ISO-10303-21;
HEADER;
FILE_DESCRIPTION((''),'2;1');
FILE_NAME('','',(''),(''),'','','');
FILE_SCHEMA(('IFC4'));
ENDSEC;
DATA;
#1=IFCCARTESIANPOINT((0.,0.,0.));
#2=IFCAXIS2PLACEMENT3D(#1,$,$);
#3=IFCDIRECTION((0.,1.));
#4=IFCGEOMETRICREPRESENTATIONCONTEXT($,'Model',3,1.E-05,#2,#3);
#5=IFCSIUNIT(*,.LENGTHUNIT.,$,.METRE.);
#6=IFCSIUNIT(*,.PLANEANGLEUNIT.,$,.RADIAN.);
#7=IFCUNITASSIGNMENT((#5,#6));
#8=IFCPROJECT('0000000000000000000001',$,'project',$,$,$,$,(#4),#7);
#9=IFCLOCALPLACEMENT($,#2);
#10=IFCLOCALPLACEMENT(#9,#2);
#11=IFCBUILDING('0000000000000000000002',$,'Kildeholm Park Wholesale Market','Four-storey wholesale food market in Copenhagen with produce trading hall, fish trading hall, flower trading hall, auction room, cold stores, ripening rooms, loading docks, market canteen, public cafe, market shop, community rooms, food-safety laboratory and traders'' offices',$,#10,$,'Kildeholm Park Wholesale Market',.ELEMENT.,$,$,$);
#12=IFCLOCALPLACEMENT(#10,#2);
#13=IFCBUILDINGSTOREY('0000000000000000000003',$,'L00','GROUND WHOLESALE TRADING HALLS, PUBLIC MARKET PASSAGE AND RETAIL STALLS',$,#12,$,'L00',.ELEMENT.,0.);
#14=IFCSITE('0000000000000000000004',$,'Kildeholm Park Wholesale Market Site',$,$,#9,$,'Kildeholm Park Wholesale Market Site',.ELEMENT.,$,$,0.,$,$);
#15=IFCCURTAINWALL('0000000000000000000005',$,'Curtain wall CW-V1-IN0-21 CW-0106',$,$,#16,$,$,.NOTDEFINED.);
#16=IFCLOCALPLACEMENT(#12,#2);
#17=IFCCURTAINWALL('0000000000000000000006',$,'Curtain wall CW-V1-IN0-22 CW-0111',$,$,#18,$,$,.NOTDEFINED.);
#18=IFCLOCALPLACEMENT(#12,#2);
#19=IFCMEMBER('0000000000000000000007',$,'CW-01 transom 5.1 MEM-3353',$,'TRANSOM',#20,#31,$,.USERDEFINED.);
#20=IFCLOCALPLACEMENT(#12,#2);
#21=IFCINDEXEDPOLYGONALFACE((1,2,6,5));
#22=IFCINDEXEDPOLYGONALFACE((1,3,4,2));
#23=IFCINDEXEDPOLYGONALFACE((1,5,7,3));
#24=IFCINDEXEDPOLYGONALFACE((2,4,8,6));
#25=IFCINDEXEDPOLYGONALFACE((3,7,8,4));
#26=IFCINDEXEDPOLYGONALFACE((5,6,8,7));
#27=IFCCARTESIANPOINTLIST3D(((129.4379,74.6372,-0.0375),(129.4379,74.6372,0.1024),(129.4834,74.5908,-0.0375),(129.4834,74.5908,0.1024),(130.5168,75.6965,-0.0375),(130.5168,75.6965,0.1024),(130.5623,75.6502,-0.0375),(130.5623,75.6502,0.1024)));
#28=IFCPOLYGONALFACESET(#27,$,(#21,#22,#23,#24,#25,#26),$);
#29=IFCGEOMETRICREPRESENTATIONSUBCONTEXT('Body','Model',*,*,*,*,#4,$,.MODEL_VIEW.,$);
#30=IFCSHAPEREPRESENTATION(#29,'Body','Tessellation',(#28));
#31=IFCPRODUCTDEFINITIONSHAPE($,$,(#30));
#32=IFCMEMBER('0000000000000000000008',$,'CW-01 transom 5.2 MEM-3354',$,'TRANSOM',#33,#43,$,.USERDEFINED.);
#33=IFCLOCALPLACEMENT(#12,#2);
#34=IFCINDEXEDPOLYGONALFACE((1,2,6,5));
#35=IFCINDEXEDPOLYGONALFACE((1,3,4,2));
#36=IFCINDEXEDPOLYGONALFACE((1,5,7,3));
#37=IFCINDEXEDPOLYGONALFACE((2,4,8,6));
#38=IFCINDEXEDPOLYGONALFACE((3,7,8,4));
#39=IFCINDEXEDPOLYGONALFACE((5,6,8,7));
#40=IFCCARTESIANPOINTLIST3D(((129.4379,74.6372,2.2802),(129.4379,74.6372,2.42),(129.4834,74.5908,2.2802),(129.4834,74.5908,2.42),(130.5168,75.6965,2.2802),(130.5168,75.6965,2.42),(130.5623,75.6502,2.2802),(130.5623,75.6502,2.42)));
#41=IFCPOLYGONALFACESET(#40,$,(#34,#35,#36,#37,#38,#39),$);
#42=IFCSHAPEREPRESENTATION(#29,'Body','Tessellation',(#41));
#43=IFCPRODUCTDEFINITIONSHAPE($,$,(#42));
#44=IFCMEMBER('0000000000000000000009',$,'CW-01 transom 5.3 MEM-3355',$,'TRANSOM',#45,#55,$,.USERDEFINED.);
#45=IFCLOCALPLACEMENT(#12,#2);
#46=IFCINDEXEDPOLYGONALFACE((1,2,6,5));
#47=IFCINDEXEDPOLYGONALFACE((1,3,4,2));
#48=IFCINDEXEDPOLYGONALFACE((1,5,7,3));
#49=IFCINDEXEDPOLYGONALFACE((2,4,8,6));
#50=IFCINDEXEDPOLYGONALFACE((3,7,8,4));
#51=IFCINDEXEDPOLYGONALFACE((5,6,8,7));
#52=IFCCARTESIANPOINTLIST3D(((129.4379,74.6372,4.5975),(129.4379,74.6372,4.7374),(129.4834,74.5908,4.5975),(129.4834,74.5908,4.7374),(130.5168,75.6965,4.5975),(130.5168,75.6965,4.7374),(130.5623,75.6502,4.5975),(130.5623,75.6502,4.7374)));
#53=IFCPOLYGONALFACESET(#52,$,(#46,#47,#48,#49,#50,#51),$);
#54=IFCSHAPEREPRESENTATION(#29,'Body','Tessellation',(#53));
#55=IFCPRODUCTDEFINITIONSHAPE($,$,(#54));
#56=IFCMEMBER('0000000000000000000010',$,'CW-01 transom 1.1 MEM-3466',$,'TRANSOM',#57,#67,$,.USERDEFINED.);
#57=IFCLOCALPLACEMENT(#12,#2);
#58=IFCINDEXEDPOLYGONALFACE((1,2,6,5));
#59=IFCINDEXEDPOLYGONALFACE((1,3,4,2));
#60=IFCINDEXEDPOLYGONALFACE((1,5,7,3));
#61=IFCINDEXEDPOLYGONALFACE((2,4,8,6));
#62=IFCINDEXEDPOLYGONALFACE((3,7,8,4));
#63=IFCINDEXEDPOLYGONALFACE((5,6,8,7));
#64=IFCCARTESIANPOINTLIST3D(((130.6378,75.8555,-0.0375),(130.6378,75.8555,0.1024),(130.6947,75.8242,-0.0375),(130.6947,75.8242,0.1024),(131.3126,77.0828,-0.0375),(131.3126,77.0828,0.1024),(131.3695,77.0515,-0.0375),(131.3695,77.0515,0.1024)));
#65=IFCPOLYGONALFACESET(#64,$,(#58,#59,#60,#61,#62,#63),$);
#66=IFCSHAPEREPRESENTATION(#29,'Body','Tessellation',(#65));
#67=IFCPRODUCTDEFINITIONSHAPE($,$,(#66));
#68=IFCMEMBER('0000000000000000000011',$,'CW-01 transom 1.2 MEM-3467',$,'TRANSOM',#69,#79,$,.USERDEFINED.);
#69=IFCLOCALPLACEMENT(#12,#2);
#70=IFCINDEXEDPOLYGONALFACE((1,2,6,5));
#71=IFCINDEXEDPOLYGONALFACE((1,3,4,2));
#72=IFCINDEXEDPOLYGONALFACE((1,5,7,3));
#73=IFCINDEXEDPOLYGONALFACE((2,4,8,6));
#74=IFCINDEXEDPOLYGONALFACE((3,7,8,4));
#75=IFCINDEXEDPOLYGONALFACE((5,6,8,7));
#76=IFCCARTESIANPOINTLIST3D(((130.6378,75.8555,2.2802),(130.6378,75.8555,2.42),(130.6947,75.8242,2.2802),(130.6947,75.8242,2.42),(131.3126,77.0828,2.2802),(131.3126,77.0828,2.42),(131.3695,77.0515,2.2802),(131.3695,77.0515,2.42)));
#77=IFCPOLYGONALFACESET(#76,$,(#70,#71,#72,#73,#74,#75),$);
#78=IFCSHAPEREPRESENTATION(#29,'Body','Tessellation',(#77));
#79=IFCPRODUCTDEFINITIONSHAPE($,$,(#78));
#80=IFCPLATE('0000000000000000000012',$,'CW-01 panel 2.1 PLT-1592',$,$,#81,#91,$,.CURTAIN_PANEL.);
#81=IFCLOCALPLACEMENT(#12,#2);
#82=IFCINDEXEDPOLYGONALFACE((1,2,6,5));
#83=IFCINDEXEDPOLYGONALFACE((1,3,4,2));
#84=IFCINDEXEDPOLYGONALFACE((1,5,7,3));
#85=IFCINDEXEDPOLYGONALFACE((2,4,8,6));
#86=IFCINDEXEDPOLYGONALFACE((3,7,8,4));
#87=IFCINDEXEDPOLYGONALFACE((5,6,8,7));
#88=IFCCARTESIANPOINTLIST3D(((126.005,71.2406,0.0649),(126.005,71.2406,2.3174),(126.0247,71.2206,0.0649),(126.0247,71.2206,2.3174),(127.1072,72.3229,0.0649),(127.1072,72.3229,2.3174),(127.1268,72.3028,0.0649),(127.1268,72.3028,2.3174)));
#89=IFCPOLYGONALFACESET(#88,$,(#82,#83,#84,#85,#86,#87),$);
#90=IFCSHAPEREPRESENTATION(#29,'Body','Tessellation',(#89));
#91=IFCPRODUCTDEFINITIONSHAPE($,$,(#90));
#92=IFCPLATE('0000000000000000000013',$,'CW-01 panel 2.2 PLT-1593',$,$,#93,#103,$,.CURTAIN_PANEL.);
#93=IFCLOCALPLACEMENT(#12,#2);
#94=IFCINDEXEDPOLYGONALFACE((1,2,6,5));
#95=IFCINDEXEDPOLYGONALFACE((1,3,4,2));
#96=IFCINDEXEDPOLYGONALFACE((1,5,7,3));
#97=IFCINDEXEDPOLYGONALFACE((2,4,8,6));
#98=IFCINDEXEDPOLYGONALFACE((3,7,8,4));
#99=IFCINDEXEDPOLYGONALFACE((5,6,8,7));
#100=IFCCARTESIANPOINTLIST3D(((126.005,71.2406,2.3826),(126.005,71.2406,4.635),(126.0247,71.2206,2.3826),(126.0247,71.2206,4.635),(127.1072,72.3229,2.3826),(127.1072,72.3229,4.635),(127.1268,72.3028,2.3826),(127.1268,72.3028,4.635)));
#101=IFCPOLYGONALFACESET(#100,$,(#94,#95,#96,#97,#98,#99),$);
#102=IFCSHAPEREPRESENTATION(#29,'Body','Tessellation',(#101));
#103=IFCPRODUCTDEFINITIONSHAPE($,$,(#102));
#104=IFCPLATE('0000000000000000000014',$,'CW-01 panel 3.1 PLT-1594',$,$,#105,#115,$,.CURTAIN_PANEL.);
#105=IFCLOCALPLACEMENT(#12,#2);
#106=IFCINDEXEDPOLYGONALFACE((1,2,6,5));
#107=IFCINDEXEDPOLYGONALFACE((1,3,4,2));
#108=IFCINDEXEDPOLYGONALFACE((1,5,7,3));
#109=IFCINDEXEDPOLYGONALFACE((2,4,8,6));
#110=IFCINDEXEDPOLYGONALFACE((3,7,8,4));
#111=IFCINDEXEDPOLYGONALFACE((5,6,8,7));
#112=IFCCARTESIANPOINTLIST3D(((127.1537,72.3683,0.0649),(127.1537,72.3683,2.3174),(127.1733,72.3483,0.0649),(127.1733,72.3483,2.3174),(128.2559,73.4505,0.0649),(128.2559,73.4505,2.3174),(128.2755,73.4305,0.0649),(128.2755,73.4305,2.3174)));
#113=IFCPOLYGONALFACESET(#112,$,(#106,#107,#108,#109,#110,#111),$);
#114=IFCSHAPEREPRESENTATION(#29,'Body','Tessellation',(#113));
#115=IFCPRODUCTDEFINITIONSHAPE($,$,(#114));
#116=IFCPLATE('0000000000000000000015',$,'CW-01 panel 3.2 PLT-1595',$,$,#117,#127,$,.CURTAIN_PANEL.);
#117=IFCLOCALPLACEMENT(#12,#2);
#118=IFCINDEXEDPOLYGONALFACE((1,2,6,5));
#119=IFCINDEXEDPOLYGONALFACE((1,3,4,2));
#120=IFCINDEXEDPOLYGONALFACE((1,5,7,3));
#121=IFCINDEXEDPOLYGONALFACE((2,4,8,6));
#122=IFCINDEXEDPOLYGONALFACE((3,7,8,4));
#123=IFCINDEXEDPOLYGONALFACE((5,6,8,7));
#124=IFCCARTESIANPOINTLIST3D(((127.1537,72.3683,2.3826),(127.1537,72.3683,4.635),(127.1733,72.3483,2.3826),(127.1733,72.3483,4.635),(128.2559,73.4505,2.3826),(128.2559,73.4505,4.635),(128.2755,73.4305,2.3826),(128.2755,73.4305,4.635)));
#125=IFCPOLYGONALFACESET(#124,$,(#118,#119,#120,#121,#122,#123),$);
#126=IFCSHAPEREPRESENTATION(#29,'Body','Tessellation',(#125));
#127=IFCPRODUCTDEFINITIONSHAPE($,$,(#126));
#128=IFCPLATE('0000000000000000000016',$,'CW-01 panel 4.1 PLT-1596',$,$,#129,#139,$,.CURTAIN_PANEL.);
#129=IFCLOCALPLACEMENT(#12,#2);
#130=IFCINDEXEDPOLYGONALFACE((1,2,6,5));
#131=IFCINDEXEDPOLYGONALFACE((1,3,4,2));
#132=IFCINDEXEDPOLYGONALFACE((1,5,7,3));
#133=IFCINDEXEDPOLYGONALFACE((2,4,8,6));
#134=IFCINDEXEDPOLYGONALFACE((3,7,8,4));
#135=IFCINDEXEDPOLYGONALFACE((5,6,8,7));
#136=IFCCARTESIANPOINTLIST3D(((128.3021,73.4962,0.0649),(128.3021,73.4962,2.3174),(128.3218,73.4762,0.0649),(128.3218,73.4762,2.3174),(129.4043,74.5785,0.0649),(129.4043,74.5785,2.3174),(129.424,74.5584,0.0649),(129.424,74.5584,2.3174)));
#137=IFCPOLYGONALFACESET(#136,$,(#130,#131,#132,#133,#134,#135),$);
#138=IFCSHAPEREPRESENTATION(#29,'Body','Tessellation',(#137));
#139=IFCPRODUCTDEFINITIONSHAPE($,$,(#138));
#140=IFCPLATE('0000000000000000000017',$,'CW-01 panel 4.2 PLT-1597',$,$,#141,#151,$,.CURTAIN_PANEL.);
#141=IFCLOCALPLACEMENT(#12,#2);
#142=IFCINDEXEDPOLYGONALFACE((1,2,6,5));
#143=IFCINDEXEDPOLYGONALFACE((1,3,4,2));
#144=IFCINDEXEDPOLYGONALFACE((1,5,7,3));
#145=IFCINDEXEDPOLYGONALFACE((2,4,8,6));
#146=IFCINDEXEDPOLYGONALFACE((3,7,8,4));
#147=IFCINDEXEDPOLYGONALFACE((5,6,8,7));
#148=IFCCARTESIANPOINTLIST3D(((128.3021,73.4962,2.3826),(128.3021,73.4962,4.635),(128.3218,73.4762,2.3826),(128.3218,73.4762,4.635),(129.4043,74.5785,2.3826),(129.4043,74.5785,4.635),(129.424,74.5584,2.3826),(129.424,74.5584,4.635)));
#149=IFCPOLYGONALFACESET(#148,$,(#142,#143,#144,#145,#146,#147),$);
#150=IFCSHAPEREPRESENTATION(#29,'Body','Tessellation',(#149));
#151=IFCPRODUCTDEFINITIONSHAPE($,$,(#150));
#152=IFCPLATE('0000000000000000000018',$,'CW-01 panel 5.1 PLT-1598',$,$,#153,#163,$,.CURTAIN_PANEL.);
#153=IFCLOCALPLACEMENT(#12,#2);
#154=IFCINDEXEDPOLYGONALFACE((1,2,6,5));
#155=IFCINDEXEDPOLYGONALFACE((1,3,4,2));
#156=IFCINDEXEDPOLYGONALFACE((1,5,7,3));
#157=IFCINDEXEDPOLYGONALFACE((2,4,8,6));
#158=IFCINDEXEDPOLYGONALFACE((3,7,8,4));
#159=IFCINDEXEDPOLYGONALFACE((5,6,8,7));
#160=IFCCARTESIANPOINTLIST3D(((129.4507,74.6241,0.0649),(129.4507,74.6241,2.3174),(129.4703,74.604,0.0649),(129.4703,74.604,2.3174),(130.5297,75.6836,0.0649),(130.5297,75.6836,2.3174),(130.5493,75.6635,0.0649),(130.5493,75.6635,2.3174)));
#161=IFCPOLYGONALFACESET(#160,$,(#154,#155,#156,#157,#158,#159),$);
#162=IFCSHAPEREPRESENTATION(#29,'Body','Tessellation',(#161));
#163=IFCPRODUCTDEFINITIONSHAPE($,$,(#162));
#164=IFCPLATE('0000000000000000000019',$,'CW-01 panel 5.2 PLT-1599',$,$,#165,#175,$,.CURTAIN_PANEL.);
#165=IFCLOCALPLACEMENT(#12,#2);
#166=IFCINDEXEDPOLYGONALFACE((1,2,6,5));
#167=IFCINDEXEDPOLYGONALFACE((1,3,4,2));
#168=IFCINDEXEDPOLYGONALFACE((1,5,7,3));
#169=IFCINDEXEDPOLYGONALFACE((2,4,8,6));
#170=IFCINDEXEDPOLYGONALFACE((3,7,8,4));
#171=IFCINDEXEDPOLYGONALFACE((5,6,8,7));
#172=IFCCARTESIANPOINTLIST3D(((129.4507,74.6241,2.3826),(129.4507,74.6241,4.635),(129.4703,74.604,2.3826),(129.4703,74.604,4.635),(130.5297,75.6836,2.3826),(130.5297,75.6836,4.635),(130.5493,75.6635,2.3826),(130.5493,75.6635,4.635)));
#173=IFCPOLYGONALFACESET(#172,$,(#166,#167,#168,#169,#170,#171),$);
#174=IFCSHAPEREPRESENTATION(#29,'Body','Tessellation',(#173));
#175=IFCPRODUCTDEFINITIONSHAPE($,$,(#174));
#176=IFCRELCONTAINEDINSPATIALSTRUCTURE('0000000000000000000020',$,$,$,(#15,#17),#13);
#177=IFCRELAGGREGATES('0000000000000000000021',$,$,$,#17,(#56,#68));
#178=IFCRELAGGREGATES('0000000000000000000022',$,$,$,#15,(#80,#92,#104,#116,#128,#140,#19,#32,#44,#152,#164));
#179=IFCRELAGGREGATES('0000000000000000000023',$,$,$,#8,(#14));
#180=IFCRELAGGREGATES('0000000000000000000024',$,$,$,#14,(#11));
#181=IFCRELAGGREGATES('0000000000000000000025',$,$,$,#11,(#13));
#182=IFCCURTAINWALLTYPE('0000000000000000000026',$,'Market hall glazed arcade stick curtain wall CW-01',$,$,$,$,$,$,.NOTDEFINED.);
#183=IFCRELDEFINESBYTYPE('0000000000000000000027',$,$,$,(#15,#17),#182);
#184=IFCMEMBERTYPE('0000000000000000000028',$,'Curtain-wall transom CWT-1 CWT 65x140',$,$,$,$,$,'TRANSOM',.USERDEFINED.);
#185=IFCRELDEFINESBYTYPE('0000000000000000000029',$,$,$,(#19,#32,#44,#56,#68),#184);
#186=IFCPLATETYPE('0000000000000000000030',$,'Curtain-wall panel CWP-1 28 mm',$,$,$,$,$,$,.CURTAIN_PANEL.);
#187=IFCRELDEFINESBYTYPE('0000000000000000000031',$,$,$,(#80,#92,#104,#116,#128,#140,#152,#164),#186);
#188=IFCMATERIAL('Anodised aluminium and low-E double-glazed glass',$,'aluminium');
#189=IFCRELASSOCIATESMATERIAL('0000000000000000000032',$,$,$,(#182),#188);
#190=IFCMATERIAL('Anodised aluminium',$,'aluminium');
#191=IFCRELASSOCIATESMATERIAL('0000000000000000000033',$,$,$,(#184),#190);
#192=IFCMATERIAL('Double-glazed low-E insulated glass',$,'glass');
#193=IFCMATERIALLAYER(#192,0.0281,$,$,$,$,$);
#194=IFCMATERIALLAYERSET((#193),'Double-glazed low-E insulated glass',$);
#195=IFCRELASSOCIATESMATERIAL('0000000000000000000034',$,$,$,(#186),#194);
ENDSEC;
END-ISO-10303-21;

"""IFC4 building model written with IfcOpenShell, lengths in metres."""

from ifc_helpers import new_model, si_unit, direction, frame, origin, origin_2d, place, context, subcontext, project, spatial, rectangle, extrude, material, layer, layer_set, material_profile, profile_set, type_object, element, aggregate, save


model = new_model("IFC4")

# Units and contexts
model_context = context("Model", 3, precision=1e-05, world=origin(), true_north=direction((0.0, 1.0)))
body_context = subcontext(model_context, "Body", "Model", "MODEL_VIEW")
ifc_project = project(units=[si_unit("LENGTHUNIT", "METRE"), si_unit("PLANEANGLEUNIT", "RADIAN")], contexts=[model_context])

# Site, building, storey
site_placement = place(None, origin())
site = spatial("IfcSite", under=ifc_project, at=site_placement, Name="Kildeholm Park Wholesale Market Site", LongName="Kildeholm Park Wholesale Market Site", CompositionType="ELEMENT", RefElevation=0.0)
building_placement = place(site_placement, origin())
building = spatial("IfcBuilding", under=site, at=building_placement, Name="Kildeholm Park Wholesale Market", Description="Four-storey wholesale food market in Copenhagen with produce trading hall, fish trading hall, flower trading hall, auction room, cold stores, ripening rooms, loading docks, market canteen, public cafe, market shop, community rooms, food-safety laboratory and traders' offices", LongName="Kildeholm Park Wholesale Market", CompositionType="ELEMENT")
storey_placement = place(building_placement, origin())
storey = spatial("IfcBuildingStorey", under=building, at=storey_placement, Name="L00", Description="GROUND WHOLESALE TRADING HALLS, PUBLIC MARKET PASSAGE AND RETAIL STALLS", LongName="L00", CompositionType="ELEMENT", Elevation=0.0)

# Curtain wall
ifc_material_1 = material(Name="Anodised aluminium and low-E double-glazed glass", Category="aluminium")
curtain_wall_type = type_object("IfcCurtainWallType", Name="Market hall glazed arcade stick curtain wall CW-01", PredefinedType="NOTDEFINED", material=ifc_material_1)
curtain_wall_1_placement = place(storey_placement, origin())
curtain_wall_1 = element("IfcCurtainWall", 1, at=curtain_wall_1_placement, inside=storey, type_object=curtain_wall_type, Name="Curtain wall CW-V1-IN0-21 CW-0106", PredefinedType="NOTDEFINED")
ifc_material_2 = material(Name="Anodised aluminium", Category="aluminium")

# Curtain wall
curtain_wall_2_placement = place(storey_placement, origin())
curtain_wall_2 = element("IfcCurtainWall", 2, at=curtain_wall_2_placement, inside=storey, type_object=curtain_wall_type, Name="Curtain wall CW-V1-IN0-22 CW-0111", PredefinedType="NOTDEFINED")

# Members
ifc_material_profile_1 = material_profile(ifc_material_2, rectangle(XDim=0.0649, YDim=0.1399, at=origin_2d()), Name="CWT 65x140")
ifc_profile_set_1 = profile_set([ifc_material_profile_1], Name="Anodised aluminium")
member_type_1 = type_object("IfcMemberType", Name="Curtain-wall transom CWT-1 CWT 65x140", ElementType="TRANSOM", PredefinedType="USERDEFINED", material=ifc_profile_set_1)
member_1_placement = place(storey_placement, frame((129.4607, 74.614, 0.0325), z_axis=(0.713536, 0.700618, 0.0), x_axis=(-0.700618, 0.713536, 0.0)))
member_1 = element("IfcMember", 3, at=member_1_placement, type_object=member_type_1, Name="CW-01 transom 5.1 MEM-3353", ObjectType="TRANSOM", PredefinedType="USERDEFINED", context=body_context, shape_type="SweptSolid", body=[
    extrude(rectangle(XDim=0.0649, YDim=0.1399, at=origin_2d()), origin(), (0.0, 0.0, 1.0), 1.512),
])
member_2_placement = place(storey_placement, frame((129.4607, 74.614, 2.3501), z_axis=(0.713536, 0.700618, 0.0), x_axis=(-0.700618, 0.713536, 0.0)))
member_2 = element("IfcMember", 4, at=member_2_placement, type_object=member_type_1, Name="CW-01 transom 5.2 MEM-3354", ObjectType="TRANSOM", PredefinedType="USERDEFINED", context=body_context, shape_type="SweptSolid", body=[
    extrude(rectangle(XDim=0.0649, YDim=0.1399, at=origin_2d()), origin(), (0.0, 0.0, 1.0), 1.512),
])
member_3_placement = place(storey_placement, frame((129.4607, 74.614, 4.6675), z_axis=(0.713536, 0.700618, 0.0), x_axis=(-0.700618, 0.713536, 0.0)))
member_3 = element("IfcMember", 5, at=member_3_placement, type_object=member_type_1, Name="CW-01 transom 5.3 MEM-3355", ObjectType="TRANSOM", PredefinedType="USERDEFINED", context=body_context, shape_type="SweptSolid", body=[
    extrude(rectangle(XDim=0.0649, YDim=0.1399, at=origin_2d()), origin(), (0.0, 0.0, 1.0), 1.512),
])
member_4_placement = place(storey_placement, frame((130.6663, 75.8398, 0.0325), z_axis=(0.481805, 0.876278, 0.0), x_axis=(-0.876278, 0.481805, 0.0)))
member_4 = element("IfcMember", 6, at=member_4_placement, type_object=member_type_1, Name="CW-01 transom 1.1 MEM-3466", ObjectType="TRANSOM", PredefinedType="USERDEFINED", context=body_context, shape_type="SweptSolid", body=[
    extrude(rectangle(XDim=0.0649, YDim=0.1399, at=origin_2d()), origin(), (0.0, 0.0, 1.0), 1.4006),
])
member_5_placement = place(storey_placement, frame((130.6663, 75.8398, 2.3501), z_axis=(0.481805, 0.876278, 0.0), x_axis=(-0.876278, 0.481805, 0.0)))
member_5 = element("IfcMember", 7, at=member_5_placement, type_object=member_type_1, Name="CW-01 transom 1.2 MEM-3467", ObjectType="TRANSOM", PredefinedType="USERDEFINED", context=body_context, shape_type="SweptSolid", body=[
    extrude(rectangle(XDim=0.0649, YDim=0.1399, at=origin_2d()), origin(), (0.0, 0.0, 1.0), 1.4006),
])
aggregate(curtain_wall_2, [member_4, member_5])

# Plates
ifc_material_3 = material(Name="Double-glazed low-E insulated glass", Category="glass")
ifc_layer_1 = layer(ifc_material_3, 0.0281)
ifc_layer_set_1 = layer_set([ifc_layer_1], Name="Double-glazed low-E insulated glass")
plate_type = type_object("IfcPlateType", Name="Curtain-wall panel CWP-1 28 mm", PredefinedType="CURTAIN_PANEL", material=ifc_layer_set_1)
plate_1_placement = place(storey_placement, frame((126.5659, 71.7717, 0.0649), z_axis=(0.0, 0.0, 1.0), x_axis=(0.713538, 0.700617, 0.0)))
plate_1 = element("IfcPlate", 8, at=plate_1_placement, type_object=plate_type, Name="CW-01 panel 2.1 PLT-1592", PredefinedType="CURTAIN_PANEL", context=body_context, shape_type="SweptSolid", body=[
    extrude(rectangle(XDim=1.5447, YDim=0.0281, at=origin_2d()), origin(), (0.0, 0.0, 1.0), 2.2524),
])
plate_2_placement = place(storey_placement, frame((126.5659, 71.7717, 2.3826), z_axis=(0.0, 0.0, 1.0), x_axis=(0.713538, 0.700617, 0.0)))
plate_2 = element("IfcPlate", 9, at=plate_2_placement, type_object=plate_type, Name="CW-01 panel 2.2 PLT-1593", PredefinedType="CURTAIN_PANEL", context=body_context, shape_type="SweptSolid", body=[
    extrude(rectangle(XDim=1.5447, YDim=0.0281, at=origin_2d()), origin(), (0.0, 0.0, 1.0), 2.2524),
])
plate_3_placement = place(storey_placement, frame((127.7146, 72.8994, 0.0649), z_axis=(0.0, 0.0, 1.0), x_axis=(0.713538, 0.700617, 0.0)))
plate_3 = element("IfcPlate", 10, at=plate_3_placement, type_object=plate_type, Name="CW-01 panel 3.1 PLT-1594", PredefinedType="CURTAIN_PANEL", context=body_context, shape_type="SweptSolid", body=[
    extrude(rectangle(XDim=1.5447, YDim=0.0281, at=origin_2d()), origin(), (0.0, 0.0, 1.0), 2.2524),
])
plate_4_placement = place(storey_placement, frame((127.7146, 72.8994, 2.3826), z_axis=(0.0, 0.0, 1.0), x_axis=(0.713538, 0.700617, 0.0)))
plate_4 = element("IfcPlate", 11, at=plate_4_placement, type_object=plate_type, Name="CW-01 panel 3.2 PLT-1595", PredefinedType="CURTAIN_PANEL", context=body_context, shape_type="SweptSolid", body=[
    extrude(rectangle(XDim=1.5447, YDim=0.0281, at=origin_2d()), origin(), (0.0, 0.0, 1.0), 2.2524),
])
plate_5_placement = place(storey_placement, frame((128.863, 74.0273, 0.0649), z_axis=(0.0, 0.0, 1.0), x_axis=(0.713538, 0.700617, 0.0)))
plate_5 = element("IfcPlate", 12, at=plate_5_placement, type_object=plate_type, Name="CW-01 panel 4.1 PLT-1596", PredefinedType="CURTAIN_PANEL", context=body_context, shape_type="SweptSolid", body=[
    extrude(rectangle(XDim=1.5447, YDim=0.0281, at=origin_2d()), origin(), (0.0, 0.0, 1.0), 2.2524),
])
plate_6_placement = place(storey_placement, frame((128.863, 74.0273, 2.3826), z_axis=(0.0, 0.0, 1.0), x_axis=(0.713538, 0.700617, 0.0)))
plate_6 = element("IfcPlate", 13, at=plate_6_placement, type_object=plate_type, Name="CW-01 panel 4.2 PLT-1597", PredefinedType="CURTAIN_PANEL", context=body_context, shape_type="SweptSolid", body=[
    extrude(rectangle(XDim=1.5447, YDim=0.0281, at=origin_2d()), origin(), (0.0, 0.0, 1.0), 2.2524),
])
plate_7_placement = place(storey_placement, frame((130.0, 75.1438, 0.0649), z_axis=(0.0, 0.0, 1.0), x_axis=(0.713538, 0.700617, 0.0)))
plate_7 = element("IfcPlate", 14, at=plate_7_placement, type_object=plate_type, Name="CW-01 panel 5.1 PLT-1598", PredefinedType="CURTAIN_PANEL", context=body_context, shape_type="SweptSolid", body=[
    extrude(rectangle(XDim=1.5122, YDim=0.0281, at=origin_2d()), origin(), (0.0, 0.0, 1.0), 2.2524),
])
plate_8_placement = place(storey_placement, frame((130.0, 75.1438, 2.3826), z_axis=(0.0, 0.0, 1.0), x_axis=(0.713538, 0.700617, 0.0)))
plate_8 = element("IfcPlate", 15, at=plate_8_placement, type_object=plate_type, Name="CW-01 panel 5.2 PLT-1599", PredefinedType="CURTAIN_PANEL", context=body_context, shape_type="SweptSolid", body=[
    extrude(rectangle(XDim=1.5122, YDim=0.0281, at=origin_2d()), origin(), (0.0, 0.0, 1.0), 2.2524),
])
aggregate(curtain_wall_1, [plate_1, plate_2, plate_3, plate_4, plate_5, plate_6, member_1, member_2, member_3, plate_7, plate_8])

save(model, "model.ifc")
